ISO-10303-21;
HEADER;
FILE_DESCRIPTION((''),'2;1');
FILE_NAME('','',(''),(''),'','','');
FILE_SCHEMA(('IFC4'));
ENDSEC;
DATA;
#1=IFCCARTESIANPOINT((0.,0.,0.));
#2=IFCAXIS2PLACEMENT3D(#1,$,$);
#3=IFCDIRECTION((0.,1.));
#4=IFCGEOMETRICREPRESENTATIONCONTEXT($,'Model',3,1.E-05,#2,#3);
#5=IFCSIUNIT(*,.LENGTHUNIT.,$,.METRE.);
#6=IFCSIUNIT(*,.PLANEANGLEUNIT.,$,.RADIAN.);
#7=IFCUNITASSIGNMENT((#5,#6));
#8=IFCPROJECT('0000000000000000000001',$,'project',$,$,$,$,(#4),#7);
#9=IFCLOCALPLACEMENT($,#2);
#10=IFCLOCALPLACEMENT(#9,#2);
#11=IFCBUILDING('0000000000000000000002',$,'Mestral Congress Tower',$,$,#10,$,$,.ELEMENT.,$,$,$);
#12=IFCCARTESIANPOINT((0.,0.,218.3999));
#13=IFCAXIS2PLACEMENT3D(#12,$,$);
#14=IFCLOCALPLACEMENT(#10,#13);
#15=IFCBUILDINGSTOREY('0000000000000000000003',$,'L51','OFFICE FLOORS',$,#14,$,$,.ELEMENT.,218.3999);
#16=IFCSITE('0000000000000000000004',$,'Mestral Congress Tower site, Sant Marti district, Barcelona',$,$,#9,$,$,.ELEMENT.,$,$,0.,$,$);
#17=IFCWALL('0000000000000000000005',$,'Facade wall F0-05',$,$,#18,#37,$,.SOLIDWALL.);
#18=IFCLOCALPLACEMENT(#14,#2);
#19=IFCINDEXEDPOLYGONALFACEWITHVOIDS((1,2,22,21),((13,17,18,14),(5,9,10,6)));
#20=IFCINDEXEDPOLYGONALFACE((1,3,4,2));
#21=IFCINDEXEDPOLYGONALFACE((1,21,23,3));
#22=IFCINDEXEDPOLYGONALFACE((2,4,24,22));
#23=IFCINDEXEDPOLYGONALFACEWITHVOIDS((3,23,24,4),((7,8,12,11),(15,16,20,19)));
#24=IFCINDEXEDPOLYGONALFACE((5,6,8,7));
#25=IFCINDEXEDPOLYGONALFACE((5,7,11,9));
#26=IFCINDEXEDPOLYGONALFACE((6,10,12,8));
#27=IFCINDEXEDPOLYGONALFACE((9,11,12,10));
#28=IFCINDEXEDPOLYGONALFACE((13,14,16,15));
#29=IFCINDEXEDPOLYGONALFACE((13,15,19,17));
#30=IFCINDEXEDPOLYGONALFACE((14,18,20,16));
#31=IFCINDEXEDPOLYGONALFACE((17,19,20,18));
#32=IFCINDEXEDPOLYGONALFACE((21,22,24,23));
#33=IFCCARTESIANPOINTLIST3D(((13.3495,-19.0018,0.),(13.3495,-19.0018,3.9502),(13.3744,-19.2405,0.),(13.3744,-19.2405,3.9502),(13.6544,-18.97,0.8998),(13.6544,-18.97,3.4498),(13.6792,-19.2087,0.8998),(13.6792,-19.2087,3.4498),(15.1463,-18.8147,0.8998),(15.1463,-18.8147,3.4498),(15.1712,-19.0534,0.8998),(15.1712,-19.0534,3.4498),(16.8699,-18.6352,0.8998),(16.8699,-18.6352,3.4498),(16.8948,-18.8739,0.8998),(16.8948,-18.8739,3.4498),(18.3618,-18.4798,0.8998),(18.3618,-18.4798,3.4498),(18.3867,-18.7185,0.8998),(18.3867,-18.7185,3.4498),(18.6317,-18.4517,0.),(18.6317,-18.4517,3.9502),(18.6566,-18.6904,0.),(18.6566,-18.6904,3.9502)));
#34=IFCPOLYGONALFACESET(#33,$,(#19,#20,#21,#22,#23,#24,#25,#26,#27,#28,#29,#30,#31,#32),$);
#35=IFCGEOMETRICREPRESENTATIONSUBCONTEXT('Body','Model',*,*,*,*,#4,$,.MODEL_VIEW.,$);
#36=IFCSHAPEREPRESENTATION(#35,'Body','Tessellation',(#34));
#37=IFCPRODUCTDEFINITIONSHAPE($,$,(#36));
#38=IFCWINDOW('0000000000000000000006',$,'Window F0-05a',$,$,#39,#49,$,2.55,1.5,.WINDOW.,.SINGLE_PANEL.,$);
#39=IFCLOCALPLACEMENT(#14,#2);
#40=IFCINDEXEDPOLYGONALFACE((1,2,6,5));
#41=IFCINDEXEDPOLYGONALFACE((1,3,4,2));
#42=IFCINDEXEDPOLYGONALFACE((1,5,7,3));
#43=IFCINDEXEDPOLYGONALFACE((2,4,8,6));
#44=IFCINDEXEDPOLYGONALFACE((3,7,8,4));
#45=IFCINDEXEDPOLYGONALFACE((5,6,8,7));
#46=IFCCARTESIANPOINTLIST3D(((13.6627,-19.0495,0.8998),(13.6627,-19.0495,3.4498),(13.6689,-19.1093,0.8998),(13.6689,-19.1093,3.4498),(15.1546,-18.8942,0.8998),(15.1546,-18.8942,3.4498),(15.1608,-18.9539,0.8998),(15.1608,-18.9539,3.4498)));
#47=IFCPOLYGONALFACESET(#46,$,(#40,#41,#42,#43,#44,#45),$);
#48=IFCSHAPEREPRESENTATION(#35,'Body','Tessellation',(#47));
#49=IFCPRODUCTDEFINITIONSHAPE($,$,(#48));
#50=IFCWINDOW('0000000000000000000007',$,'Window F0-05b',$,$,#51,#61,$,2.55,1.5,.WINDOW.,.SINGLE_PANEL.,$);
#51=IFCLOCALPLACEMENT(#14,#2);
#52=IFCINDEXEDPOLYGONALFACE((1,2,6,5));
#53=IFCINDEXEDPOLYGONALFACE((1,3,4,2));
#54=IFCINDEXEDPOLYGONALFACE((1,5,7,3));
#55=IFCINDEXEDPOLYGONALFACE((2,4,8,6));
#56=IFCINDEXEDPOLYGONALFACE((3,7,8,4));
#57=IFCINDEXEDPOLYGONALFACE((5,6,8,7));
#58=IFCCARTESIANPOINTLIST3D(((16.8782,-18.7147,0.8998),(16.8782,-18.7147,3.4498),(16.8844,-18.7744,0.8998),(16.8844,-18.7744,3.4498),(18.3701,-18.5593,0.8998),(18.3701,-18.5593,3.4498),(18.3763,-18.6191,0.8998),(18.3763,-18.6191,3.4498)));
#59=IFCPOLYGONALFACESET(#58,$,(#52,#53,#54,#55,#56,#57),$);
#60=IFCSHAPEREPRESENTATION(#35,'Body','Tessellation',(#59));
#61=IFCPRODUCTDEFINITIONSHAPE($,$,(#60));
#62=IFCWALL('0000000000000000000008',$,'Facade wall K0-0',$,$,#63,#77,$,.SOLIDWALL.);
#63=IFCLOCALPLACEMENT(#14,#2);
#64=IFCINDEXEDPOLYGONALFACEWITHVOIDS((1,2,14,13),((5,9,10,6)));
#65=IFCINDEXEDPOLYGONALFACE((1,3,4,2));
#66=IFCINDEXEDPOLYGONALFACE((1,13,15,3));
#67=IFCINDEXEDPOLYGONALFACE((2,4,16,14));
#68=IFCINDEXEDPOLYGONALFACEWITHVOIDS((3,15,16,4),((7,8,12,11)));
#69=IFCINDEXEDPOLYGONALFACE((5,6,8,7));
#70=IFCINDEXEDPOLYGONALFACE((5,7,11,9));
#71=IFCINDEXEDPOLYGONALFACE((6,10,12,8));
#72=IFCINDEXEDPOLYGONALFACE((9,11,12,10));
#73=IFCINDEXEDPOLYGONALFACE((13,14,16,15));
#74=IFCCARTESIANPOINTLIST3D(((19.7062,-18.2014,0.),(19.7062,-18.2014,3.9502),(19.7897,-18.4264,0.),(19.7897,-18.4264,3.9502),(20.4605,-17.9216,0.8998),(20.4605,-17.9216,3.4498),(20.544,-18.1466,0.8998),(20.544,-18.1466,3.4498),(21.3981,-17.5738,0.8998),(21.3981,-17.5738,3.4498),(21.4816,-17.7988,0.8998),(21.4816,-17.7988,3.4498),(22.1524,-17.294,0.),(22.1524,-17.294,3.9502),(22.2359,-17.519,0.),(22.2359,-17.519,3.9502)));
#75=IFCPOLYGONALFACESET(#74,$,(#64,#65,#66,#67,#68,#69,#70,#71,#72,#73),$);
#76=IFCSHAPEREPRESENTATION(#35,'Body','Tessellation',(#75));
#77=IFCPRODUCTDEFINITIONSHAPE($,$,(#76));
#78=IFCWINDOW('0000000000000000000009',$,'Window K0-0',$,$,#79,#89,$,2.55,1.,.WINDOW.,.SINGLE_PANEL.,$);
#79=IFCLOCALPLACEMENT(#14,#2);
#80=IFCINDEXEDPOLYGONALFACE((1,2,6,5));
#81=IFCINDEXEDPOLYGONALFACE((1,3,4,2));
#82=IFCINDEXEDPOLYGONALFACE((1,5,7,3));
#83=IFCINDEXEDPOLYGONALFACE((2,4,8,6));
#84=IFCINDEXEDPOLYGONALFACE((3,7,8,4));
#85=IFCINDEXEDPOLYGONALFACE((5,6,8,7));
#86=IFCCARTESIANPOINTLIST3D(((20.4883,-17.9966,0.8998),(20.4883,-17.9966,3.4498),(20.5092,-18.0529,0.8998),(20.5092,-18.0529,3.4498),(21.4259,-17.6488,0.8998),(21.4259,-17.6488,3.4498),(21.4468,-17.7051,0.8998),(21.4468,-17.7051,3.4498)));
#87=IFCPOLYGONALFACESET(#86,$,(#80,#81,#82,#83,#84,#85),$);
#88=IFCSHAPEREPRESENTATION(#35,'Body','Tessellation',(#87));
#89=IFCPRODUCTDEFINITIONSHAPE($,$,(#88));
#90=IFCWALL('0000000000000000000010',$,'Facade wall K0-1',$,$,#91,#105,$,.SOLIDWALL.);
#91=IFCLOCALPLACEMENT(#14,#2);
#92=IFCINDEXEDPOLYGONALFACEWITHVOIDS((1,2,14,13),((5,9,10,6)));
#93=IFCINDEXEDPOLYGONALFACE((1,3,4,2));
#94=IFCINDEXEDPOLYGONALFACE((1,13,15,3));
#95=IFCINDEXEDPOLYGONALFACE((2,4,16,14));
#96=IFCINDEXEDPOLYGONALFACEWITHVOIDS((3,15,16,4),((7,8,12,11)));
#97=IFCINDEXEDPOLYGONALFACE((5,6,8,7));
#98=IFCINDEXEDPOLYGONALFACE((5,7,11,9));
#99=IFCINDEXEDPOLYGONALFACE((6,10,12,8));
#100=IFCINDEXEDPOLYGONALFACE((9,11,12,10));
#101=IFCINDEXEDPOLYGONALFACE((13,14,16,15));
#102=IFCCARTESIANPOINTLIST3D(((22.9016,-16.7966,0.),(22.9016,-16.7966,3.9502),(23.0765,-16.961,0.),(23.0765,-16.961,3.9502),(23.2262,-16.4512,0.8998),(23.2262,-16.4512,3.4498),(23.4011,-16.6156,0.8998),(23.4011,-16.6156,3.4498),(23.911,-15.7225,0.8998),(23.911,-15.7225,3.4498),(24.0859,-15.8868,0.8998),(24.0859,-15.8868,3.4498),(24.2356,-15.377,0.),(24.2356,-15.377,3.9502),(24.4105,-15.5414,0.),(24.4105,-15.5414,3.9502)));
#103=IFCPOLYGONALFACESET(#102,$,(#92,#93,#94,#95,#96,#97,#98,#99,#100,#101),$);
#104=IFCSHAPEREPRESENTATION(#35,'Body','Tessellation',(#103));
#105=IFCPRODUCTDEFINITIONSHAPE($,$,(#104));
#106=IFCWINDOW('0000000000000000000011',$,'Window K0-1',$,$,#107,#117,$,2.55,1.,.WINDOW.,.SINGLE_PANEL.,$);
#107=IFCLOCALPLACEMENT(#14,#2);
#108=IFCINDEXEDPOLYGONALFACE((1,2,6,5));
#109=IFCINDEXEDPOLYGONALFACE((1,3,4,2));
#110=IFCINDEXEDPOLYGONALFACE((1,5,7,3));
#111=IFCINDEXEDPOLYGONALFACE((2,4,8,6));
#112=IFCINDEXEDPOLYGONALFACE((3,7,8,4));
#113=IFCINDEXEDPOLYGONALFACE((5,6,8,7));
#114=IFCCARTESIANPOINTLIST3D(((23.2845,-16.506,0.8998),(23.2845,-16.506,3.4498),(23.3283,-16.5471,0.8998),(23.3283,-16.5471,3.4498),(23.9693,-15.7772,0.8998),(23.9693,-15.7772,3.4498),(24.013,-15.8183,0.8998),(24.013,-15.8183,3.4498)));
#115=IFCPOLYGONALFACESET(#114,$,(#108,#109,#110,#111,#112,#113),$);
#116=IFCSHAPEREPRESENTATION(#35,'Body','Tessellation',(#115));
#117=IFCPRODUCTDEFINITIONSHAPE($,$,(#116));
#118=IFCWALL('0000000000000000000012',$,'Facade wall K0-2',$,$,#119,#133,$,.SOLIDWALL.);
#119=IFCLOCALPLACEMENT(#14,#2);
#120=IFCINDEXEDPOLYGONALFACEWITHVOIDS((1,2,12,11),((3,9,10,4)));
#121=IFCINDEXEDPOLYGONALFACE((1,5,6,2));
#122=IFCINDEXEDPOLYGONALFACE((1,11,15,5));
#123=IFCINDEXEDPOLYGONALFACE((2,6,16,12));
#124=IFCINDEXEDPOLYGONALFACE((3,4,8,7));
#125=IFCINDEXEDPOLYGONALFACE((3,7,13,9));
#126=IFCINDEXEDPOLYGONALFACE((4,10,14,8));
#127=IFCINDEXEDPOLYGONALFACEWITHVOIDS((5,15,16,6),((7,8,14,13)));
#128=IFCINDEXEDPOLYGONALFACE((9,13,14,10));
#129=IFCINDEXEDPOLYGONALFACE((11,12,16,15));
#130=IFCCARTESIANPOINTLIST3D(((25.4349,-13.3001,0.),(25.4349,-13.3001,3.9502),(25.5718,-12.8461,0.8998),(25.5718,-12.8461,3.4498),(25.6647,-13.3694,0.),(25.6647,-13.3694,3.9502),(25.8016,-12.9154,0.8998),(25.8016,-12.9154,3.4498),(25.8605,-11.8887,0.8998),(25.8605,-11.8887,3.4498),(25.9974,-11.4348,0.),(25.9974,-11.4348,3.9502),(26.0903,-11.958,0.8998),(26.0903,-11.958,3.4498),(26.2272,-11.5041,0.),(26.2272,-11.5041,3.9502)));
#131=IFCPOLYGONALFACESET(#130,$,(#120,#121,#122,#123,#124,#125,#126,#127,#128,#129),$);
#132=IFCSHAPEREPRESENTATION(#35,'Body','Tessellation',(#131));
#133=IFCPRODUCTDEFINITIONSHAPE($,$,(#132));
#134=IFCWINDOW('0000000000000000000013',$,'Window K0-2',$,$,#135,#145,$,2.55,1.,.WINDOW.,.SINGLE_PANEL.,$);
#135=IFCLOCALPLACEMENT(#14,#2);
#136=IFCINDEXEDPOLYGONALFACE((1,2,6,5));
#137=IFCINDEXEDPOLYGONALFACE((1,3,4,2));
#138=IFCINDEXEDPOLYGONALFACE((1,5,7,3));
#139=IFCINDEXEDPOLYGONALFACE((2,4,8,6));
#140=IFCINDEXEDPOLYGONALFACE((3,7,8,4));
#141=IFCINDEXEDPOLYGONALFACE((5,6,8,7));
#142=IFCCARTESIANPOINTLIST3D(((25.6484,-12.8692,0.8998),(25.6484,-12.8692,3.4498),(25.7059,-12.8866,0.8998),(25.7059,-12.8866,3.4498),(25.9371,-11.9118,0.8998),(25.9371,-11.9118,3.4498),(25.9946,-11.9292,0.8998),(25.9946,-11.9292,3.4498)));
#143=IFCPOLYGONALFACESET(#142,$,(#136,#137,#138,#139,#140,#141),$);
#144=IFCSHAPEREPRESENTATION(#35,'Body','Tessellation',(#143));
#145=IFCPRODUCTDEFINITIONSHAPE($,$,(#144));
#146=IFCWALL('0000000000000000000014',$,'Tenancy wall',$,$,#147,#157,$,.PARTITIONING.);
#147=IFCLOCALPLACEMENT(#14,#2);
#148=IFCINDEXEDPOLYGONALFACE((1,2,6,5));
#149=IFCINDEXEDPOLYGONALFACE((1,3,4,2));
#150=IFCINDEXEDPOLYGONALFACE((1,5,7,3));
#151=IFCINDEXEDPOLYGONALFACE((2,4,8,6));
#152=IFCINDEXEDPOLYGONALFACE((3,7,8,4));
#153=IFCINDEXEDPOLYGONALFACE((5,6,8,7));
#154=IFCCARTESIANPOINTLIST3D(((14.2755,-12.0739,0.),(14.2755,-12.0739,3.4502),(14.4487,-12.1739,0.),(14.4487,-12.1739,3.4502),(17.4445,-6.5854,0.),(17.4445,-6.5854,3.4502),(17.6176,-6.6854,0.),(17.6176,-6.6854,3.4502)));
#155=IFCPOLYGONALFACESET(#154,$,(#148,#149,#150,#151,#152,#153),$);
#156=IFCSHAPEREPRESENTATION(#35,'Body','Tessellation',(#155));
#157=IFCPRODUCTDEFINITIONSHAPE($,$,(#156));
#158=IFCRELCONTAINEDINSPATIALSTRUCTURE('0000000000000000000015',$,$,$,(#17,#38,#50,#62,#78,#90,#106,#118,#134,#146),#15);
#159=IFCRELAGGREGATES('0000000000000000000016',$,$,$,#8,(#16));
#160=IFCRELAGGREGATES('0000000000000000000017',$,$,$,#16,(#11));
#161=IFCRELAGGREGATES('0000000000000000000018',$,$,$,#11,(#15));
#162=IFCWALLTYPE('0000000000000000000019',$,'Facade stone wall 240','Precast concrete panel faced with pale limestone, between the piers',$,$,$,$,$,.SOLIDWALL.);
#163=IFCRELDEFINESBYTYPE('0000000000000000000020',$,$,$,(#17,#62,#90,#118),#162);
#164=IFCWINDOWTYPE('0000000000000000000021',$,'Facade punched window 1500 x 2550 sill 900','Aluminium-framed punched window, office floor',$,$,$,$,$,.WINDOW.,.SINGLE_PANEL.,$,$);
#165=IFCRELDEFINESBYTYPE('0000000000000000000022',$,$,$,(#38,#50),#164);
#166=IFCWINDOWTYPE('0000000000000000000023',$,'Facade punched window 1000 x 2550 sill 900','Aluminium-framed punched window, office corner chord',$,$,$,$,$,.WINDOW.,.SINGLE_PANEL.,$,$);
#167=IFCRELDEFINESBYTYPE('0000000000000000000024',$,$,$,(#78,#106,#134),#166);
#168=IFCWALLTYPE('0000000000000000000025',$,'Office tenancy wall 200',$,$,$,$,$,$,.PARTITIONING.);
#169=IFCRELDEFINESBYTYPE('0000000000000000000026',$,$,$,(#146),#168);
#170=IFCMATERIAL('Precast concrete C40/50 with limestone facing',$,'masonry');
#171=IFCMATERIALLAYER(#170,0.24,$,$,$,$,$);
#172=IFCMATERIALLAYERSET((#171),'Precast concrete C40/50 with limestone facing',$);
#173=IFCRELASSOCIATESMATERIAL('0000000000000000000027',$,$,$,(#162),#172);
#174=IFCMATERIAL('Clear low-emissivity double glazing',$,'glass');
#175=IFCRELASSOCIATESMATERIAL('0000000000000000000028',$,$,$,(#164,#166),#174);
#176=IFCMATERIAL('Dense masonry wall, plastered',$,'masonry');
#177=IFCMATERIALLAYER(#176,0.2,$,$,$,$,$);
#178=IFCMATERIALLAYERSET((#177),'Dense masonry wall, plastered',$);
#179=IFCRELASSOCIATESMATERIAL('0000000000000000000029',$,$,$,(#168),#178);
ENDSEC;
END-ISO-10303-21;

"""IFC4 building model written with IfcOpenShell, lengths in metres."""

from ifc_helpers import new_model, si_unit, direction, frame, frame_2d, origin, place, context, subcontext, project, spatial, rectangle, extrude, material, layer, layer_set, type_object, element, fill, save


model = new_model("IFC4")

# Units and contexts
model_context = context("Model", 3, precision=1e-05, world=origin(), true_north=direction((0.0, 1.0)))
body_context = subcontext(model_context, "Body", "Model", "MODEL_VIEW")
ifc_project = project(units=[si_unit("LENGTHUNIT", "METRE"), si_unit("PLANEANGLEUNIT", "RADIAN")], contexts=[model_context])

# Site, building, storey
site_placement = place(None, origin())
site = spatial("IfcSite", under=ifc_project, at=site_placement, Name="Mestral Congress Tower site, Sant Marti district, Barcelona", CompositionType="ELEMENT", RefElevation=0.0)
building_placement = place(site_placement, origin())
building = spatial("IfcBuilding", under=site, at=building_placement, Name="Mestral Congress Tower", CompositionType="ELEMENT")
storey_placement = place(building_placement, frame((0.0, 0.0, 218.3999)))
storey = spatial("IfcBuildingStorey", under=building, at=storey_placement, Name="L51", Description="OFFICE FLOORS", CompositionType="ELEMENT", Elevation=218.3999)

# Wall, openings, windows
ifc_material_1 = material(Name="Precast concrete C40/50 with limestone facing", Category="masonry")
ifc_layer_1 = layer(ifc_material_1, 0.24)
ifc_layer_set_1 = layer_set([ifc_layer_1], Name="Precast concrete C40/50 with limestone facing")
wall_type_1 = type_object("IfcWallType", Name="Facade stone wall 240", Description="Precast concrete panel faced with pale limestone, between the piers", PredefinedType="SOLIDWALL", material=ifc_layer_set_1)
wall_1_placement = place(storey_placement, frame((13.3621, -19.1211, 0.0), z_axis=(0.0, 0.0, 1.0), x_axis=(0.994622, 0.103572, 0.0)))
wall_1 = element("IfcWall", 1, at=wall_1_placement, inside=storey, type_object=wall_type_1, Name="Facade wall F0-05", PredefinedType="SOLIDWALL", context=body_context, shape_type="SweptSolid", body=[
    extrude(rectangle(XDim=5.3108, YDim=0.24, at=frame_2d((2.6553, 0.0))), origin(), (0.0, 0.0, 1.0), 3.9502),
])
opening_1_placement = place(wall_1_placement, frame((0.3064, 0.0, 0.8999)))
opening_1 = element("IfcOpeningElement", 2, at=opening_1_placement, cuts=wall_1, PredefinedType="OPENING", context=body_context, shape_type="SweptSolid", body=[
    extrude(rectangle(XDim=1.5, YDim=2.55, at=frame_2d((0.75, 1.2749))), frame((0.0, 0.1299, 0.0), z_axis=(0.0, -1.0, 0.0), x_axis=(1.0, 0.0, 0.0)), (0.0, 0.0, 1.0), 0.26),
])
opening_2_placement = place(wall_1_placement, frame((3.5393, 0.0, 0.8999)))
opening_2 = element("IfcOpeningElement", 3, at=opening_2_placement, cuts=wall_1, PredefinedType="OPENING", context=body_context, shape_type="SweptSolid", body=[
    extrude(rectangle(XDim=1.5, YDim=2.55, at=frame_2d((0.75, 1.2749))), frame((0.0, 0.1299, 0.0), z_axis=(0.0, -1.0, 0.0), x_axis=(1.0, 0.0, 0.0)), (0.0, 0.0, 1.0), 0.26),
])
ifc_material_2 = material(Name="Clear low-emissivity double glazing", Category="glass")
window_type_1 = type_object("IfcWindowType", Name="Facade punched window 1500 x 2550 sill 900", Description="Aluminium-framed punched window, office floor", PartitioningType="SINGLE_PANEL", PredefinedType="WINDOW", material=ifc_material_2)
window_1_placement = place(opening_1_placement, origin())
window_1 = element("IfcWindow", 4, at=window_1_placement, inside=storey, type_object=window_type_1, Name="Window F0-05a", OverallHeight=2.55, OverallWidth=1.5, PartitioningType="SINGLE_PANEL", PredefinedType="WINDOW", context=body_context, shape_type="SweptSolid", body=[
    extrude(rectangle(XDim=1.5, YDim=2.55, at=frame_2d((0.75, 1.2749))), frame((0.0, 0.04, 0.0), z_axis=(0.0, -1.0, 0.0), x_axis=(1.0, 0.0, 0.0)), (0.0, 0.0, 1.0), 0.0601),
])
fill(opening_1, window_1)
window_2_placement = place(opening_2_placement, origin())
window_2 = element("IfcWindow", 5, at=window_2_placement, inside=storey, type_object=window_type_1, Name="Window F0-05b", OverallHeight=2.55, OverallWidth=1.5, PartitioningType="SINGLE_PANEL", PredefinedType="WINDOW", context=body_context, shape_type="SweptSolid", body=[
    extrude(rectangle(XDim=1.5, YDim=2.55, at=frame_2d((0.75, 1.2749))), frame((0.0, 0.04, 0.0), z_axis=(0.0, -1.0, 0.0), x_axis=(1.0, 0.0, 0.0)), (0.0, 0.0, 1.0), 0.0601),
])
fill(opening_2, window_2)

# Walls, openings, windows
wall_2_placement = place(storey_placement, frame((19.7478, -18.314, 0.0), z_axis=(0.0, 0.0, 1.0), x_axis=(0.937569, 0.347799, 0.0)))
wall_2 = element("IfcWall", 6, at=wall_2_placement, inside=storey, type_object=wall_type_1, Name="Facade wall K0-0", PredefinedType="SOLIDWALL", context=body_context, shape_type="SweptSolid", body=[
    extrude(rectangle(XDim=2.6091, YDim=0.24, at=frame_2d((1.3047, 0.0))), origin(), (0.0, 0.0, 1.0), 3.9502),
])
opening_3_placement = place(wall_2_placement, frame((0.8047, 0.0, 0.8999)))
opening_3 = element("IfcOpeningElement", 7, at=opening_3_placement, cuts=wall_2, PredefinedType="OPENING", context=body_context, shape_type="SweptSolid", body=[
    extrude(rectangle(XDim=1.0, YDim=2.55, at=frame_2d((0.5, 1.2749))), frame((0.0, 0.1299, 0.0), z_axis=(0.0, -1.0, 0.0), x_axis=(1.0, 0.0, 0.0)), (0.0, 0.0, 1.0), 0.26),
])
window_type_2 = type_object("IfcWindowType", Name="Facade punched window 1000 x 2550 sill 900", Description="Aluminium-framed punched window, office corner chord", PartitioningType="SINGLE_PANEL", PredefinedType="WINDOW", material=ifc_material_2)
window_3_placement = place(opening_3_placement, origin())
window_3 = element("IfcWindow", 8, at=window_3_placement, inside=storey, type_object=window_type_2, Name="Window K0-0", OverallHeight=2.55, OverallWidth=1.0, PartitioningType="SINGLE_PANEL", PredefinedType="WINDOW", context=body_context, shape_type="SweptSolid", body=[
    extrude(rectangle(XDim=1.0, YDim=2.55, at=frame_2d((0.5, 1.2749))), frame((0.0, 0.04, 0.0), z_axis=(0.0, -1.0, 0.0), x_axis=(1.0, 0.0, 0.0)), (0.0, 0.0, 1.0), 0.0601),
])
fill(opening_3, window_3)
wall_3_placement = place(storey_placement, frame((22.989, -16.8789, 0.0), z_axis=(0.0, 0.0, 1.0), x_axis=(0.68477, 0.728759, 0.0)))
wall_3 = element("IfcWall", 9, at=wall_3_placement, inside=storey, type_object=wall_type_1, Name="Facade wall K0-1", PredefinedType="SOLIDWALL", context=body_context, shape_type="SweptSolid", body=[
    extrude(rectangle(XDim=1.948, YDim=0.24, at=frame_2d((0.9741, 0.0))), origin(), (0.0, 0.0, 1.0), 3.9502),
])
opening_4_placement = place(wall_3_placement, frame((0.4741, 0.0, 0.8999)))
opening_4 = element("IfcOpeningElement", 10, at=opening_4_placement, cuts=wall_3, PredefinedType="OPENING", context=body_context, shape_type="SweptSolid", body=[
    extrude(rectangle(XDim=1.0, YDim=2.55, at=frame_2d((0.5, 1.2749))), frame((0.0, 0.1299, 0.0), z_axis=(0.0, -1.0, 0.0), x_axis=(1.0, 0.0, 0.0)), (0.0, 0.0, 1.0), 0.26),
])
window_4_placement = place(opening_4_placement, origin())
window_4 = element("IfcWindow", 11, at=window_4_placement, inside=storey, type_object=window_type_2, Name="Window K0-1", OverallHeight=2.55, OverallWidth=1.0, PartitioningType="SINGLE_PANEL", PredefinedType="WINDOW", context=body_context, shape_type="SweptSolid", body=[
    extrude(rectangle(XDim=1.0, YDim=2.55, at=frame_2d((0.5, 1.2749))), frame((0.0, 0.04, 0.0), z_axis=(0.0, -1.0, 0.0), x_axis=(1.0, 0.0, 0.0)), (0.0, 0.0, 1.0), 0.0601),
])
fill(opening_4, window_4)
wall_4_placement = place(storey_placement, frame((25.5498, -13.3347, 0.0), z_axis=(0.0, 0.0, 1.0), x_axis=(0.288727, 0.957411, 0.0)))
wall_4 = element("IfcWall", 12, at=wall_4_placement, inside=storey, type_object=wall_type_1, Name="Facade wall K0-2", PredefinedType="SOLIDWALL", context=body_context, shape_type="SweptSolid", body=[
    extrude(rectangle(XDim=1.9482, YDim=0.24, at=frame_2d((0.9741, 0.0))), origin(), (0.0, 0.0, 1.0), 3.9502),
])
opening_5_placement = place(wall_4_placement, frame((0.4741, 0.0, 0.8999)))
opening_5 = element("IfcOpeningElement", 13, at=opening_5_placement, cuts=wall_4, PredefinedType="OPENING", context=body_context, shape_type="SweptSolid", body=[
    extrude(rectangle(XDim=1.0, YDim=2.55, at=frame_2d((0.5, 1.2749))), frame((0.0, 0.1299, 0.0), z_axis=(0.0, -1.0, 0.0), x_axis=(1.0, 0.0, 0.0)), (0.0, 0.0, 1.0), 0.26),
])
window_5_placement = place(opening_5_placement, origin())
window_5 = element("IfcWindow", 14, at=window_5_placement, inside=storey, type_object=window_type_2, Name="Window K0-2", OverallHeight=2.55, OverallWidth=1.0, PartitioningType="SINGLE_PANEL", PredefinedType="WINDOW", context=body_context, shape_type="SweptSolid", body=[
    extrude(rectangle(XDim=1.0, YDim=2.55, at=frame_2d((0.5, 1.2749))), frame((0.0, 0.04, 0.0), z_axis=(0.0, -1.0, 0.0), x_axis=(1.0, 0.0, 0.0)), (0.0, 0.0, 1.0), 0.0601),
])
fill(opening_5, window_5)

# Wall
ifc_material_3 = material(Name="Dense masonry wall, plastered", Category="masonry")
ifc_layer_2 = layer(ifc_material_3, 0.2)
ifc_layer_set_2 = layer_set([ifc_layer_2], Name="Dense masonry wall, plastered")
wall_type_2 = type_object("IfcWallType", Name="Office tenancy wall 200", PredefinedType="PARTITIONING", material=ifc_layer_set_2)
wall_5_placement = place(storey_placement, frame((14.3621, -12.124, 0.0), z_axis=(0.0, 0.0, 1.0), x_axis=(0.500017, 0.866016, 0.0)))
element("IfcWall", 15, at=wall_5_placement, inside=storey, type_object=wall_type_2, Name="Tenancy wall", PredefinedType="PARTITIONING", context=body_context, shape_type="SweptSolid", body=[
    extrude(rectangle(XDim=6.3376, YDim=0.2, at=frame_2d((3.1689, 0.0))), origin(), (0.0, 0.0, 1.0), 3.4502),
])

save(model, "model.ifc")
